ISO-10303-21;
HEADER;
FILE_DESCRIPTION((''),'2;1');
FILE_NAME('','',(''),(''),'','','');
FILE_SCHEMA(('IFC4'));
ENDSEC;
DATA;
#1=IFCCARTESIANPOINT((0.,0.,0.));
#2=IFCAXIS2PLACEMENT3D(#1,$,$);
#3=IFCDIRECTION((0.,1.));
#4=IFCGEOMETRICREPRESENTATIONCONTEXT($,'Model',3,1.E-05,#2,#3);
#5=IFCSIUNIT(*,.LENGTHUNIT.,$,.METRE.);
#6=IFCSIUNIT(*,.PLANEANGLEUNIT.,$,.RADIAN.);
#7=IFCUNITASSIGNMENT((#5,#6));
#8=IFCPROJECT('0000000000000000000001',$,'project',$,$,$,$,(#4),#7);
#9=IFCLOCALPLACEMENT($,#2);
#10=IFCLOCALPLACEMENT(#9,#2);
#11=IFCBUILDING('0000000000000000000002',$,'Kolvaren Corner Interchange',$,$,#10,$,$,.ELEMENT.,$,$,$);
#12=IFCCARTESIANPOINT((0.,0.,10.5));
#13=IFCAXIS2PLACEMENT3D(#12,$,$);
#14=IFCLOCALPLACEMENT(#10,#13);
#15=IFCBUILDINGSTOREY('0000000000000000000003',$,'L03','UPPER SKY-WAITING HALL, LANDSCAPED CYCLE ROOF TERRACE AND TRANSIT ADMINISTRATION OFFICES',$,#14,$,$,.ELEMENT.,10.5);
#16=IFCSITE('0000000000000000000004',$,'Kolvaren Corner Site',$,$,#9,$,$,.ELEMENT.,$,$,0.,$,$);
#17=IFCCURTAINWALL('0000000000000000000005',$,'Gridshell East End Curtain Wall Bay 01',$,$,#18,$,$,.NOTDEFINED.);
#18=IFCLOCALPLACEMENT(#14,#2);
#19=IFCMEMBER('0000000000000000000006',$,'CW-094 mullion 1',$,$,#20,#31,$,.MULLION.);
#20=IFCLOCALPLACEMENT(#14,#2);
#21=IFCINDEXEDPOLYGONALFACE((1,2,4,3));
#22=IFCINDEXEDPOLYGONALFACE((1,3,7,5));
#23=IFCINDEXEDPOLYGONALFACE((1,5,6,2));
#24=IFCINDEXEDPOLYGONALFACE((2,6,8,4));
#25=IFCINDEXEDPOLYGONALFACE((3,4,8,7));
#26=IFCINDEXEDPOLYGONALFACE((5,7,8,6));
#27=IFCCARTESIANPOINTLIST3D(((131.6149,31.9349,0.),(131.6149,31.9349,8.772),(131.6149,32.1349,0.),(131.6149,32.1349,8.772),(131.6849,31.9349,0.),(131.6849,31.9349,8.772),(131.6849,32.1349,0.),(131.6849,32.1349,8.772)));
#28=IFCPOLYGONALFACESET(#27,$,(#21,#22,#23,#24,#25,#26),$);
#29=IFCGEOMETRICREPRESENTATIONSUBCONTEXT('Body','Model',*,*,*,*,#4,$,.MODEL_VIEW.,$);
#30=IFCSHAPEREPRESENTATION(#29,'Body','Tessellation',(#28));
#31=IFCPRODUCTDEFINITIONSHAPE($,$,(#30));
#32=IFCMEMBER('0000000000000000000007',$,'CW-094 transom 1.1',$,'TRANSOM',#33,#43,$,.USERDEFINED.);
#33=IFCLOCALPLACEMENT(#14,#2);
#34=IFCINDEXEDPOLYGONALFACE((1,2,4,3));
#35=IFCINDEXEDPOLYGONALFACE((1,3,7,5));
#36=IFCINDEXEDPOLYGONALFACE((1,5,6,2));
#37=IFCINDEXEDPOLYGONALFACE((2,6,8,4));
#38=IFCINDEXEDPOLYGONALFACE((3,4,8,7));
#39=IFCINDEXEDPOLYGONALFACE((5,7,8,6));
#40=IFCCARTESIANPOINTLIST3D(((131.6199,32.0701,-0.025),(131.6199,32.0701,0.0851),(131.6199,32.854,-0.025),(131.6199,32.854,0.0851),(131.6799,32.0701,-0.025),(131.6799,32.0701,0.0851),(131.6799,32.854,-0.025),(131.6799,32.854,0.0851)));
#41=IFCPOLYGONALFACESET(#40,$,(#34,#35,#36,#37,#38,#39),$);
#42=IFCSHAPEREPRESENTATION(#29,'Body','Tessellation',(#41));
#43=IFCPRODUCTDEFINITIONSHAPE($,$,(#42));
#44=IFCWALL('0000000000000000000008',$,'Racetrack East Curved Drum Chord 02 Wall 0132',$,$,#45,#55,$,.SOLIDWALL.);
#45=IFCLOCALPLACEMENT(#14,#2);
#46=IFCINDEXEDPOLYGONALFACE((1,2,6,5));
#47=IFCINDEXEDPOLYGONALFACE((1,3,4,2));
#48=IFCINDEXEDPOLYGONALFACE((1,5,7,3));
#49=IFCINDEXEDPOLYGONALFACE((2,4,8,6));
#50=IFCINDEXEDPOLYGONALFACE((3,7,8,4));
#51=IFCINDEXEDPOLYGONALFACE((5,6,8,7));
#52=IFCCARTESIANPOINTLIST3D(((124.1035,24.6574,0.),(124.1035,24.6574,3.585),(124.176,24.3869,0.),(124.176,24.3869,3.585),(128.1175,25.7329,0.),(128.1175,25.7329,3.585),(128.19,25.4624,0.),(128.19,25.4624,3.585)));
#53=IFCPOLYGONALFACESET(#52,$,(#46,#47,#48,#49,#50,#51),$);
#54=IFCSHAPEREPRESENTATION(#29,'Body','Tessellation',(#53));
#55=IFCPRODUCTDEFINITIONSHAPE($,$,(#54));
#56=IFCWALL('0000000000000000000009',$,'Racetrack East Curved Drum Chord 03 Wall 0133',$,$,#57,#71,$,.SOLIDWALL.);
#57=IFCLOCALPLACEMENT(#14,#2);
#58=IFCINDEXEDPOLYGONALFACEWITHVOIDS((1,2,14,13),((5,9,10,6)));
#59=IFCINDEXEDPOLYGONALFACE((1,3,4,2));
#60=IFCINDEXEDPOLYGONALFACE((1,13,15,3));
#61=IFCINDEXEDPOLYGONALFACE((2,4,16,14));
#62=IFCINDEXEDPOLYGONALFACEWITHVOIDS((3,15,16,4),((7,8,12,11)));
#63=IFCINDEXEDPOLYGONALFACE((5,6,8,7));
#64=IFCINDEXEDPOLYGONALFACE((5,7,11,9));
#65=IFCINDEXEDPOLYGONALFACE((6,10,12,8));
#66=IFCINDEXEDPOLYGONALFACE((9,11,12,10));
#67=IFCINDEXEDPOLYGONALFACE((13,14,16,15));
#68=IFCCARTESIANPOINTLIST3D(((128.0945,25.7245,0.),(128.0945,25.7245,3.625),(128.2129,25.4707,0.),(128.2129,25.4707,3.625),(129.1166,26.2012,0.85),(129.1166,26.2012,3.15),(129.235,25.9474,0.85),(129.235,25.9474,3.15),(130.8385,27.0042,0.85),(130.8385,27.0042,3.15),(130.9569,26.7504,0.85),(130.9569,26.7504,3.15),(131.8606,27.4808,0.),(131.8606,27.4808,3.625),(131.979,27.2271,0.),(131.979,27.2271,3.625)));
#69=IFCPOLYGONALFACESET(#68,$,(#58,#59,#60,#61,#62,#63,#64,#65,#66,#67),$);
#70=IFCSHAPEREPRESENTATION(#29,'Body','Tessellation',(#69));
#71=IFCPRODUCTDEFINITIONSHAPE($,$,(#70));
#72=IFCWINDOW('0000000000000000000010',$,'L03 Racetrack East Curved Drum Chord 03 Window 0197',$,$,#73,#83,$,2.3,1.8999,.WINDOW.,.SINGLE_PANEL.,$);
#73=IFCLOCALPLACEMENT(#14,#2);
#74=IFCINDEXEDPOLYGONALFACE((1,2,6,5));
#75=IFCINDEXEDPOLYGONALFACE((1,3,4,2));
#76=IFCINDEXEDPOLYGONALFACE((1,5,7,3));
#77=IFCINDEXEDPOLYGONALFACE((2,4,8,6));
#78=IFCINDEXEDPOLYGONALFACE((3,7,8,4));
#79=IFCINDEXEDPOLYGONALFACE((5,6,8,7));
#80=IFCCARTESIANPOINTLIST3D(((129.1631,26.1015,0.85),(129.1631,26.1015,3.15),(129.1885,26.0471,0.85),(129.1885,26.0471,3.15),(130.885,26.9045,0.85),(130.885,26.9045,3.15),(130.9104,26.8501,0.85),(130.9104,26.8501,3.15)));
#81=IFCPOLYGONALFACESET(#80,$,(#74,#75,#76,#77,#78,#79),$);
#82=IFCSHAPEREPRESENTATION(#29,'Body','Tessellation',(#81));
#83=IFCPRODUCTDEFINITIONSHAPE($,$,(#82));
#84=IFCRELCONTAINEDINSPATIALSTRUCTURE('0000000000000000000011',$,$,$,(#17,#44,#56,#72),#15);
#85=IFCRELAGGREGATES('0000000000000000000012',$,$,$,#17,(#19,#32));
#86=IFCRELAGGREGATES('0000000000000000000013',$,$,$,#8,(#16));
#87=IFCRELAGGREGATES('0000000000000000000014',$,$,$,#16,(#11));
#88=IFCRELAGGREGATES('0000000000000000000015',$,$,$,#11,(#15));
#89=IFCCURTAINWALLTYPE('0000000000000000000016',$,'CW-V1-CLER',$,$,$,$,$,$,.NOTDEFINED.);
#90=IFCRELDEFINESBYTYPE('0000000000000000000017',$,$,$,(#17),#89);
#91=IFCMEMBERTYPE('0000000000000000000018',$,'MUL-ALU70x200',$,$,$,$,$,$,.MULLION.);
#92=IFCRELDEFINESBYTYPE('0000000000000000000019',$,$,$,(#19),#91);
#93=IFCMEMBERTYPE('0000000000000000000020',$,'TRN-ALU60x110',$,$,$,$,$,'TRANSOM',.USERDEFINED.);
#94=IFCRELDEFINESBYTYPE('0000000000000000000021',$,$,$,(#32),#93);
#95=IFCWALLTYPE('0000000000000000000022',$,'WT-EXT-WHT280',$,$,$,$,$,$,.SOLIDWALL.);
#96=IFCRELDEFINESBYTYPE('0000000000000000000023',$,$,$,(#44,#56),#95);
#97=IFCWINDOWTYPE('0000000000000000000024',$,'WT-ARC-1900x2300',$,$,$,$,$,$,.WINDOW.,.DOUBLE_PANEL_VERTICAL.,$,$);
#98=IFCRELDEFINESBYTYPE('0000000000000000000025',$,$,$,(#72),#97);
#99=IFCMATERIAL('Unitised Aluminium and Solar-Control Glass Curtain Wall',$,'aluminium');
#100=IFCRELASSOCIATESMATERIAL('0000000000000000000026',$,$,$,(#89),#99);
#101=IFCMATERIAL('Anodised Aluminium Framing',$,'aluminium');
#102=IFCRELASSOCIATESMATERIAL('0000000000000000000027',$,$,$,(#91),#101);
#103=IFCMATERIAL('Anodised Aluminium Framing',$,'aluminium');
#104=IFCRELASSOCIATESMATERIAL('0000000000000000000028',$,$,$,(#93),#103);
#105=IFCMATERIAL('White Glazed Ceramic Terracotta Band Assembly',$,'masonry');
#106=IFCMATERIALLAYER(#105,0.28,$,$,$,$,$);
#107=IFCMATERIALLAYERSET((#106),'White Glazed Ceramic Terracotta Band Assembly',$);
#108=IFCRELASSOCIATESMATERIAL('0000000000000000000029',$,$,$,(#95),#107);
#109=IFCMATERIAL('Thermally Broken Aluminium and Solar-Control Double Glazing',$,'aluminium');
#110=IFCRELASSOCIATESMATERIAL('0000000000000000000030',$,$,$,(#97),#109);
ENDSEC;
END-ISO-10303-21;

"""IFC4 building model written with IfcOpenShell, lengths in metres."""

from ifc_helpers import new_model, si_unit, direction, frame, frame_2d, origin, origin_2d, place, context, subcontext, project, spatial, rectangle, extrude, material, layer, layer_set, material_profile, profile_set, type_object, element, fill, aggregate, save


model = new_model("IFC4")

# Units and contexts
model_context = context("Model", 3, precision=1e-05, world=origin(), true_north=direction((0.0, 1.0)))
body_context = subcontext(model_context, "Body", "Model", "MODEL_VIEW")
ifc_project = project(units=[si_unit("LENGTHUNIT", "METRE"), si_unit("PLANEANGLEUNIT", "RADIAN")], contexts=[model_context])

# Site, building, storey
site_placement = place(None, origin())
site = spatial("IfcSite", under=ifc_project, at=site_placement, Name="Kolvaren Corner Site", CompositionType="ELEMENT", RefElevation=0.0)
building_placement = place(site_placement, origin())
building = spatial("IfcBuilding", under=site, at=building_placement, Name="Kolvaren Corner Interchange", CompositionType="ELEMENT")
storey_placement = place(building_placement, frame((0.0, 0.0, 10.5)))
storey = spatial("IfcBuildingStorey", under=building, at=storey_placement, Name="L03", Description="UPPER SKY-WAITING HALL, LANDSCAPED CYCLE ROOF TERRACE AND TRANSIT ADMINISTRATION OFFICES", CompositionType="ELEMENT", Elevation=10.5)

# Curtain wall, members
ifc_material_1 = material(Name="Unitised Aluminium and Solar-Control Glass Curtain Wall", Category="aluminium")
curtain_wall_type = type_object("IfcCurtainWallType", Name="CW-V1-CLER", PredefinedType="NOTDEFINED", material=ifc_material_1)
curtain_wall_placement = place(storey_placement, origin())
curtain_wall = element("IfcCurtainWall", 1, at=curtain_wall_placement, inside=storey, type_object=curtain_wall_type, Name="Gridshell East End Curtain Wall Bay 01", PredefinedType="NOTDEFINED")
ifc_material_2 = material(Name="Anodised Aluminium Framing", Category="aluminium")
ifc_material_profile_1 = material_profile(ifc_material_2, rectangle(XDim=0.0701, YDim=0.2, at=origin_2d()), Name="ALU 70x200")
ifc_profile_set_1 = profile_set([ifc_material_profile_1], Name="Anodised Aluminium Framing")
member_type_1 = type_object("IfcMemberType", Name="MUL-ALU70x200", PredefinedType="MULLION", material=ifc_profile_set_1)
member_1_placement = place(storey_placement, frame((131.6499, 32.0349, 0.0), z_axis=(0.0, 0.0, 1.0), x_axis=(-1.0, 0.0, 0.0)))
member_1 = element("IfcMember", 2, at=member_1_placement, type_object=member_type_1, Name="CW-094 mullion 1", PredefinedType="MULLION", context=body_context, shape_type="SweptSolid", body=[
    extrude(rectangle(XDim=0.0701, YDim=0.2, at=origin_2d()), origin(), (0.0, 0.0, 1.0), 8.772),
])
ifc_material_3 = material(Name="Anodised Aluminium Framing", Category="aluminium")
ifc_material_profile_2 = material_profile(ifc_material_3, rectangle(XDim=0.0601, YDim=0.1101, at=origin_2d()), Name="ALU 60x110")
ifc_profile_set_2 = profile_set([ifc_material_profile_2], Name="Anodised Aluminium Framing")
member_type_2 = type_object("IfcMemberType", Name="TRN-ALU60x110", ElementType="TRANSOM", PredefinedType="USERDEFINED", material=ifc_profile_set_2)
member_2_placement = place(storey_placement, frame((131.6499, 32.0701, 0.03), z_axis=(0.0, 1.0, 0.0), x_axis=(-1.0, 0.0, 0.0)))
member_2 = element("IfcMember", 3, at=member_2_placement, type_object=member_type_2, Name="CW-094 transom 1.1", ObjectType="TRANSOM", PredefinedType="USERDEFINED", context=body_context, shape_type="SweptSolid", body=[
    extrude(rectangle(XDim=0.0601, YDim=0.1101, at=origin_2d()), origin(), (0.0, 0.0, 1.0), 0.7839),
])
aggregate(curtain_wall, [member_1, member_2])

# Wall
ifc_material_4 = material(Name="White Glazed Ceramic Terracotta Band Assembly", Category="masonry")
ifc_layer = layer(ifc_material_4, 0.28)
ifc_layer_set = layer_set([ifc_layer], Name="White Glazed Ceramic Terracotta Band Assembly")
wall_type = type_object("IfcWallType", Name="WT-EXT-WHT280", PredefinedType="SOLIDWALL", material=ifc_layer_set)
wall_1_placement = place(storey_placement, frame((124.1399, 24.5222, 0.0), z_axis=(0.0, 0.0, 1.0), x_axis=(0.965931, 0.2588, 0.0)))
element("IfcWall", 4, at=wall_1_placement, inside=storey, type_object=wall_type, Name="Racetrack East Curved Drum Chord 02 Wall 0132", PredefinedType="SOLIDWALL", context=body_context, shape_type="SweptSolid", body=[
    extrude(rectangle(XDim=4.1555, YDim=0.28, at=frame_2d((2.0776, 0.0))), origin(), (0.0, 0.0, 1.0), 3.585),
])

# Wall, opening, window
wall_2_placement = place(storey_placement, frame((128.1538, 25.5977, 0.0), z_axis=(0.0, 0.0, 1.0), x_axis=(0.906291, 0.422654, 0.0)))
wall_2 = element("IfcWall", 5, at=wall_2_placement, inside=storey, type_object=wall_type, Name="Racetrack East Curved Drum Chord 03 Wall 0133", PredefinedType="SOLIDWALL", context=body_context, shape_type="SweptSolid", body=[
    extrude(rectangle(XDim=4.1555, YDim=0.28, at=frame_2d((2.0776, 0.0))), origin(), (0.0, 0.0, 1.0), 3.625),
])
opening_placement = place(wall_2_placement, frame((1.1277, 0.0, 0.8501)))
opening = element("IfcOpeningElement", 6, at=opening_placement, cuts=wall_2, PredefinedType="OPENING", context=body_context, shape_type="SweptSolid", body=[
    extrude(rectangle(XDim=1.8999, YDim=2.3, at=frame_2d((0.95, 1.1499))), frame((0.0, 0.1499, 0.0), z_axis=(0.0, -1.0, 0.0), x_axis=(1.0, 0.0, 0.0)), (0.0, 0.0, 1.0), 0.3),
])
ifc_material_5 = material(Name="Thermally Broken Aluminium and Solar-Control Double Glazing", Category="aluminium")
window_type = type_object("IfcWindowType", Name="WT-ARC-1900x2300", PartitioningType="DOUBLE_PANEL_VERTICAL", PredefinedType="WINDOW", material=ifc_material_5)
window_placement = place(opening_placement, origin())
window = element("IfcWindow", 7, at=window_placement, inside=storey, type_object=window_type, Name="L03 Racetrack East Curved Drum Chord 03 Window 0197", OverallHeight=2.3, OverallWidth=1.8999, PartitioningType="SINGLE_PANEL", PredefinedType="WINDOW", context=body_context, shape_type="SweptSolid", body=[
    extrude(rectangle(XDim=1.8999, YDim=2.3, at=frame_2d((0.95, 1.1499))), frame((0.0, 0.03, 0.0), z_axis=(0.0, -1.0, 0.0), x_axis=(1.0, 0.0, 0.0)), (0.0, 0.0, 1.0), 0.0601),
])
fill(opening, window)

save(model, "model.ifc")
